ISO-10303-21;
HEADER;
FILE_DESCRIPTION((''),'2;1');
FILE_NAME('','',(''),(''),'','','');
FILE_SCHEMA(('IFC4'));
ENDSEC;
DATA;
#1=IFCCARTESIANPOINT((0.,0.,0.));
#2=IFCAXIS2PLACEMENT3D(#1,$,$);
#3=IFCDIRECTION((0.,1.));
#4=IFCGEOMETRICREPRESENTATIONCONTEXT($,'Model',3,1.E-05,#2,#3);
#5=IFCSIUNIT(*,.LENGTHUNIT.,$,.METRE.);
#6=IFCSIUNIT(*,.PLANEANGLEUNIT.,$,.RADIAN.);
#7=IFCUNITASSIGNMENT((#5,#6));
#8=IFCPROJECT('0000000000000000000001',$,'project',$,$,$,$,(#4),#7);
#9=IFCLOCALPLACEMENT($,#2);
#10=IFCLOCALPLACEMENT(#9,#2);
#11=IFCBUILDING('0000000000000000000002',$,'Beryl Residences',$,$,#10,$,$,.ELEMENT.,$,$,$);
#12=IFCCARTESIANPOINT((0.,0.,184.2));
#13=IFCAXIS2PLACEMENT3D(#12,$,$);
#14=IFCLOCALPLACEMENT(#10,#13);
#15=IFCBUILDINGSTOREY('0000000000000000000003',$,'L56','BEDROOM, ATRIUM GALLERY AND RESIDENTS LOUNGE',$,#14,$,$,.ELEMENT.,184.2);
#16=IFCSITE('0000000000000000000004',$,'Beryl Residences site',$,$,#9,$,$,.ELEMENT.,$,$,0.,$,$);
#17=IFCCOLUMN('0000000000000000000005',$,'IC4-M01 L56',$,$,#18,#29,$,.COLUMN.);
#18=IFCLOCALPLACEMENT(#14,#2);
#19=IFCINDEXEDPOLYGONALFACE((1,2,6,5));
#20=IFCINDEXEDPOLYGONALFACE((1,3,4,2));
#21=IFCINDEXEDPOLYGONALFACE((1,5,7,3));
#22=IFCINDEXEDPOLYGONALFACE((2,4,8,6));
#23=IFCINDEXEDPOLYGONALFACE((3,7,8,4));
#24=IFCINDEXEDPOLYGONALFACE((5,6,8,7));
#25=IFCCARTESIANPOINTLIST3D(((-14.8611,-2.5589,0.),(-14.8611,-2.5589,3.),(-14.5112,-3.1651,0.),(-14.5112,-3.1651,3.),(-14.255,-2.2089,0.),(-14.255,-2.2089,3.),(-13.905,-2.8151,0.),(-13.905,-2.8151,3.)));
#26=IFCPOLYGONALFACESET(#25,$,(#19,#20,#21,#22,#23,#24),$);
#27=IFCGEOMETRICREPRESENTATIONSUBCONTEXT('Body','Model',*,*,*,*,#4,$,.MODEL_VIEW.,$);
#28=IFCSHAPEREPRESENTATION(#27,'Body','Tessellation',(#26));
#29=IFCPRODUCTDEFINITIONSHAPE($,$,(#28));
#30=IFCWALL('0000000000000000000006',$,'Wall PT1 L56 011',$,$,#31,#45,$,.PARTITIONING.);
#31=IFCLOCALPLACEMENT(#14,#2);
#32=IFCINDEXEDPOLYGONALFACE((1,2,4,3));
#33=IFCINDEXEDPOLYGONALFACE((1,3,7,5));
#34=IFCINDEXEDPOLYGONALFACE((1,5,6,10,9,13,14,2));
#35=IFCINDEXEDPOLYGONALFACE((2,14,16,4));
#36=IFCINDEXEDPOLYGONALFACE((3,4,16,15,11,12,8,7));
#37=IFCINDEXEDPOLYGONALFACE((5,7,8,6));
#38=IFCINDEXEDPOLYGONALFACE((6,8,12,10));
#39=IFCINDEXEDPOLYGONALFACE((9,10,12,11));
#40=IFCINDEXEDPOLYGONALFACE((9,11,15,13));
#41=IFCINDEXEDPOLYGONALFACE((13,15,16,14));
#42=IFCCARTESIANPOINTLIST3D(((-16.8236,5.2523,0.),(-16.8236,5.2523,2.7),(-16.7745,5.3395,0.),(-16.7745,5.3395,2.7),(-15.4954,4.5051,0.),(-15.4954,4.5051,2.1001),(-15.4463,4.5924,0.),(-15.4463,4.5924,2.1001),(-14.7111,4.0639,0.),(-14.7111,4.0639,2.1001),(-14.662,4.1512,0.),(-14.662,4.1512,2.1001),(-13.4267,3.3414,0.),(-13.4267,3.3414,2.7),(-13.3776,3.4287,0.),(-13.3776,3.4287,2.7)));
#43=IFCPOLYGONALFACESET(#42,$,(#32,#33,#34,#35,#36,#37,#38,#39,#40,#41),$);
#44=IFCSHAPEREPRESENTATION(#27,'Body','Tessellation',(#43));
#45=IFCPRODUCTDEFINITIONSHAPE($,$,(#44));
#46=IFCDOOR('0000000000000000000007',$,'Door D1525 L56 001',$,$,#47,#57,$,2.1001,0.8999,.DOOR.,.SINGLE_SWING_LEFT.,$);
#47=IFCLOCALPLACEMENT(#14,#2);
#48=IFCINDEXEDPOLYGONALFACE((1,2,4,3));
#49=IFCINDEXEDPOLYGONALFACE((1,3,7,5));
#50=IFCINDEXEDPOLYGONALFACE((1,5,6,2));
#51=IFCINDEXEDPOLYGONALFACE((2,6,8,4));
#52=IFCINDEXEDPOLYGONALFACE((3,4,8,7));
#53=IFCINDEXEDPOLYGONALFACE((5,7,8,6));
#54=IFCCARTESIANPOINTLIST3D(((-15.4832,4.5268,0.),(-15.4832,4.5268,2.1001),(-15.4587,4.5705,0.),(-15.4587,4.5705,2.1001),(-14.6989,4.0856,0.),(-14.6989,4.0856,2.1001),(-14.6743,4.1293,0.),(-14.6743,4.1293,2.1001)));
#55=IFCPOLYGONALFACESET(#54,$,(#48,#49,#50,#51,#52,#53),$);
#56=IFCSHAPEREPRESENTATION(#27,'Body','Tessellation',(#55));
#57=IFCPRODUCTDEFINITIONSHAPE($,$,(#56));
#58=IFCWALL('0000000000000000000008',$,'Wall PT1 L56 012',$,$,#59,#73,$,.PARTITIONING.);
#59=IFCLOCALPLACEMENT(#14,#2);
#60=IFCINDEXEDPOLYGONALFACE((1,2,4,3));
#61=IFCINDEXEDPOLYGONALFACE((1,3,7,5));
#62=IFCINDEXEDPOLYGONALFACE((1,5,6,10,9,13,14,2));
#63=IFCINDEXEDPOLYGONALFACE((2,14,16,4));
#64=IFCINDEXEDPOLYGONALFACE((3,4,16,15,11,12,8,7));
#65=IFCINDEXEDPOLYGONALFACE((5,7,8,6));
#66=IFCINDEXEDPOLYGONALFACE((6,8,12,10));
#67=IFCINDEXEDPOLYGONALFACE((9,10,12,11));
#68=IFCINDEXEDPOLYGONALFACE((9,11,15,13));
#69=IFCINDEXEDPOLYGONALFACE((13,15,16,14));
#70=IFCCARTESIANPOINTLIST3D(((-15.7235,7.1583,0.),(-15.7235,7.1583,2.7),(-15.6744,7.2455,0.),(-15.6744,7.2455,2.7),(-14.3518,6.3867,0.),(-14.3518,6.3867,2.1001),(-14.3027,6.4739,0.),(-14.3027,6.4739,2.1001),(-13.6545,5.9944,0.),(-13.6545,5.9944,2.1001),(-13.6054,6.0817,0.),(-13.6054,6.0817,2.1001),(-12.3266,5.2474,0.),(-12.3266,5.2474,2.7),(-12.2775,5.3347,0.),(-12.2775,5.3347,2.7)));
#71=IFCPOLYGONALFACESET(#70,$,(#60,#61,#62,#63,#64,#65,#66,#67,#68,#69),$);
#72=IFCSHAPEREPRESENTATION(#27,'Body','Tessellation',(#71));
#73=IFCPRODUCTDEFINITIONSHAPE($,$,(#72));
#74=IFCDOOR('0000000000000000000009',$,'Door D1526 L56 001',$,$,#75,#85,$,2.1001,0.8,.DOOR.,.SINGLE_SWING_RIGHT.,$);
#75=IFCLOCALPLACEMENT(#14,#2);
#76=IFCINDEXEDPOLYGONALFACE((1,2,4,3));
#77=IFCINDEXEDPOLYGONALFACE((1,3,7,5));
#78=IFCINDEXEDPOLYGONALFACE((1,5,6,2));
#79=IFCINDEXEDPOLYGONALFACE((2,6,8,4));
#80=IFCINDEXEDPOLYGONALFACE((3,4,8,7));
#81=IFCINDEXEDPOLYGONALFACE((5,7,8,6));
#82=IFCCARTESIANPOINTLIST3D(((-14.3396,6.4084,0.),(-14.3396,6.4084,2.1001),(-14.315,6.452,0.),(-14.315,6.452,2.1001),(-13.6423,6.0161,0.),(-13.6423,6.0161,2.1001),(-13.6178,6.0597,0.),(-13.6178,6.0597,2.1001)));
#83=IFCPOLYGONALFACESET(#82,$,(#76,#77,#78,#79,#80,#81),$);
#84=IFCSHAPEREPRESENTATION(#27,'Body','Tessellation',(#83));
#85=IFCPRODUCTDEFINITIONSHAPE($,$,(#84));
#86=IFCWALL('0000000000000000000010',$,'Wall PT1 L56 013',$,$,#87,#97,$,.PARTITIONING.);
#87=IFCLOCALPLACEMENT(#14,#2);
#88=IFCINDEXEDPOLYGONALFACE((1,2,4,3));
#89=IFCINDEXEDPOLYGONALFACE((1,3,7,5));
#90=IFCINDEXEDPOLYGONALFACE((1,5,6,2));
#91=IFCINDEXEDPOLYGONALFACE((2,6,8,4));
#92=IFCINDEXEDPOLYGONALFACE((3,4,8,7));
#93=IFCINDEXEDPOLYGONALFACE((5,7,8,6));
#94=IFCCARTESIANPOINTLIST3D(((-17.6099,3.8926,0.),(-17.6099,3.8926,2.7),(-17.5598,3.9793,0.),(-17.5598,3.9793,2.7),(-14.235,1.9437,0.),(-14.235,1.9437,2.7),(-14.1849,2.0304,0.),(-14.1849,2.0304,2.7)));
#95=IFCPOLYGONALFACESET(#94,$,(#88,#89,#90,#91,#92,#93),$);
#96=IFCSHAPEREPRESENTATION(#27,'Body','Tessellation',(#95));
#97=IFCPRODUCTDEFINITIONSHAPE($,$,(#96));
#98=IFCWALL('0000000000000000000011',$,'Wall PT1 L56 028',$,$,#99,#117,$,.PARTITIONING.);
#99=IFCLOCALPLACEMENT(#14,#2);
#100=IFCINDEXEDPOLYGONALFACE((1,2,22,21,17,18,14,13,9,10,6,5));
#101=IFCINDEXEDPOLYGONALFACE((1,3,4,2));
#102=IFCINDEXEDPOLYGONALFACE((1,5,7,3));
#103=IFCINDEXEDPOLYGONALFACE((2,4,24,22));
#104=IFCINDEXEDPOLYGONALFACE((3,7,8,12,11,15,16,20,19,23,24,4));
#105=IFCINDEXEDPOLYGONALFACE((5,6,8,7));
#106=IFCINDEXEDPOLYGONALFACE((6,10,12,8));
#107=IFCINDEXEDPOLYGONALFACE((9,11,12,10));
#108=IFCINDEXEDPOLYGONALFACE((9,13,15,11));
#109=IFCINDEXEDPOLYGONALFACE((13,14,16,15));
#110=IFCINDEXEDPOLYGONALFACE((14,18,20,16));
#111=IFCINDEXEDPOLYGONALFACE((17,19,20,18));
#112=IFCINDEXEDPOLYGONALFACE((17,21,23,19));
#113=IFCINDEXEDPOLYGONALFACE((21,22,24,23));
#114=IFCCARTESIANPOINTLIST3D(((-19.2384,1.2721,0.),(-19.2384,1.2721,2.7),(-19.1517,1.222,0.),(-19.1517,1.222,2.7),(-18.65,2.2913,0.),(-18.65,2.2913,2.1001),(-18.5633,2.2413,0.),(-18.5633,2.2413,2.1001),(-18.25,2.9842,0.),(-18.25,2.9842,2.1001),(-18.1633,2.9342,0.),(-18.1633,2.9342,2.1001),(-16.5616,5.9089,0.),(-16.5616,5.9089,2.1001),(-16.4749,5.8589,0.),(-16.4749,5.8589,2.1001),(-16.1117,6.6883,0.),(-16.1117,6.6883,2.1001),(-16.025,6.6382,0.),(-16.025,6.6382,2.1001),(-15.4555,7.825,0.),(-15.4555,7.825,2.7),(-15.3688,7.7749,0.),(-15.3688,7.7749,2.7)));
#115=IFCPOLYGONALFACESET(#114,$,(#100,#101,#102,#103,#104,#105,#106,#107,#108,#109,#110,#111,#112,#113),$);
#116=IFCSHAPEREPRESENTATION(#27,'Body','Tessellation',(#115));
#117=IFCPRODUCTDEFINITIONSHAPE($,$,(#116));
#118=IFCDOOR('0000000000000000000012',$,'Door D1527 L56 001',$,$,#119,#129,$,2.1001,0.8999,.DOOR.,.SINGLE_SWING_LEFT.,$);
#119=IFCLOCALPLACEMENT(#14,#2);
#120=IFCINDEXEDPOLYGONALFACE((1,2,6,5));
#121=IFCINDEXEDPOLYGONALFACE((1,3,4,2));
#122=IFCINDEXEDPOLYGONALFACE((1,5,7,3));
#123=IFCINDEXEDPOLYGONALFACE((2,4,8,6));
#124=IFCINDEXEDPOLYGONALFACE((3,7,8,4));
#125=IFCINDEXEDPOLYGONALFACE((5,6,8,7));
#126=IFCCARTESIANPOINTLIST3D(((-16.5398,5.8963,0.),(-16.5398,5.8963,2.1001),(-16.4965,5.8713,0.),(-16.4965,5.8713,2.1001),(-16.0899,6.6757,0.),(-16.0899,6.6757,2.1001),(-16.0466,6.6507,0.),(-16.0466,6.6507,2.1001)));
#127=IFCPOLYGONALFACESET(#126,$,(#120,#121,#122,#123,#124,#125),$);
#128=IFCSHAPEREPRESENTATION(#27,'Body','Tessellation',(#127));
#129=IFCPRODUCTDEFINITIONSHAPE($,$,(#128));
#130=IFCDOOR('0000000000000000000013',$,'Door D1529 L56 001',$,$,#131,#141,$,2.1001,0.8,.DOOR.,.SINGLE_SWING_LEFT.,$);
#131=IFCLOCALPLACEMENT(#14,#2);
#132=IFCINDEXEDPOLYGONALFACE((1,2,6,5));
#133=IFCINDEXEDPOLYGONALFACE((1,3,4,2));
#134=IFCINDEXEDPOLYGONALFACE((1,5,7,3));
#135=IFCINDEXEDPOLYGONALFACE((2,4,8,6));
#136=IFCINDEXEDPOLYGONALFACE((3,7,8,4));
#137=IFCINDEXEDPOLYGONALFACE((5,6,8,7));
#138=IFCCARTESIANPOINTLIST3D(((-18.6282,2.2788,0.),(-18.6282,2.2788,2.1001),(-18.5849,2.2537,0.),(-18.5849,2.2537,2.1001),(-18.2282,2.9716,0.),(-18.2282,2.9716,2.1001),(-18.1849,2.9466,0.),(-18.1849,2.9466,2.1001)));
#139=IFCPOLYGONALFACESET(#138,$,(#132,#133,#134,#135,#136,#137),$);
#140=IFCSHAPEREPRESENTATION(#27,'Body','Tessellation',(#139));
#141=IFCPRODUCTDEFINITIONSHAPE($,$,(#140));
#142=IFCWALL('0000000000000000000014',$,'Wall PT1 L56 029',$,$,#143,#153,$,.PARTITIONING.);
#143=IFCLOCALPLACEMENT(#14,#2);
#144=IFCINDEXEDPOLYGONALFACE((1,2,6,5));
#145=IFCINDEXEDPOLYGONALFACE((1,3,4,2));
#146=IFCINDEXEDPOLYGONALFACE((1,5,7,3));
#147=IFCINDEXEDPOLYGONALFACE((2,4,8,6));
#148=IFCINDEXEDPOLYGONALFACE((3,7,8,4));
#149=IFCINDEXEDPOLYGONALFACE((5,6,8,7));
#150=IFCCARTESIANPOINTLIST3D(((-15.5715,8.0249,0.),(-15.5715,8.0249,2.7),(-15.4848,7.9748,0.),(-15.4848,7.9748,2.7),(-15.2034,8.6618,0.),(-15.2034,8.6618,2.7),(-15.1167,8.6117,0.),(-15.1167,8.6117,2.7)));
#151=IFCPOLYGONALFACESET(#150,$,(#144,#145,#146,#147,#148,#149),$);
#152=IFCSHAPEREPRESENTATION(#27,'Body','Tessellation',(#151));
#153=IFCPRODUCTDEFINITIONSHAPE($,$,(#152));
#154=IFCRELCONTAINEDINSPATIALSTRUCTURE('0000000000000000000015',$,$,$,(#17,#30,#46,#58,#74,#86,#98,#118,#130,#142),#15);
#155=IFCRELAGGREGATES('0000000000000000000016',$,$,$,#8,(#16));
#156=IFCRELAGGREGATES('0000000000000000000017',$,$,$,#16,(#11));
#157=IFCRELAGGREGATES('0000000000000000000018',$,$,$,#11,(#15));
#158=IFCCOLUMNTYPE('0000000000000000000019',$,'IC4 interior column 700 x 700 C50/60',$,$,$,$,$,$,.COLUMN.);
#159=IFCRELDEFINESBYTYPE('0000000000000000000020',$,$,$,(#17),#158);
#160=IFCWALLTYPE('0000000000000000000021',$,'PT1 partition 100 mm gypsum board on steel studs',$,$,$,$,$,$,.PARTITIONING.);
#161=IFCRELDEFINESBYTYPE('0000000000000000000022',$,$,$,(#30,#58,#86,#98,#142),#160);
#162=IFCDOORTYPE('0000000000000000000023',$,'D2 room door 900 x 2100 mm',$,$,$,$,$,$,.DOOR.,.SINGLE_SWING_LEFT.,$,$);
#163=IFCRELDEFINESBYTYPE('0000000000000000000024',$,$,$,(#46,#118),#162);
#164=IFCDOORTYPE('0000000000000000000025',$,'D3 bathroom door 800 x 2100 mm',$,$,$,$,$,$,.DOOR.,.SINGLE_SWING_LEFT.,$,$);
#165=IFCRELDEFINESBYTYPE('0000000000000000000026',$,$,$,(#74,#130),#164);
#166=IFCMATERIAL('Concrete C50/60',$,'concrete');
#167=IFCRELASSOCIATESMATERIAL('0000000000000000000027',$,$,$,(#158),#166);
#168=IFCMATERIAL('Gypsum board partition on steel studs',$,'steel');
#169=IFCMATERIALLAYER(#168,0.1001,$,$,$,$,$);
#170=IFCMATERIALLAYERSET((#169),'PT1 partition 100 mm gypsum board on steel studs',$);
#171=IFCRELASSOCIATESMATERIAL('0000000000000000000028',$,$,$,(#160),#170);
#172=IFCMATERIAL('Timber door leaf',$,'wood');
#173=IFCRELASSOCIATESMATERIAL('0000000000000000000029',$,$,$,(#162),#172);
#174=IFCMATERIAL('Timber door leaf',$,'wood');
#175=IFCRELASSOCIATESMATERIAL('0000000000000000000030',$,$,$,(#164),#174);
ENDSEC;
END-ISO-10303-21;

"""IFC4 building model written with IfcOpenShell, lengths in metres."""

from ifc_helpers import new_model, si_unit, direction, frame, frame_2d, origin, origin_2d, place, context, subcontext, project, spatial, rectangle, extrude, material, layer, layer_set, material_profile, profile_set, type_object, element, fill, save


model = new_model("IFC4")

# Units and contexts
model_context = context("Model", 3, precision=1e-05, world=origin(), true_north=direction((0.0, 1.0)))
body_context = subcontext(model_context, "Body", "Model", "MODEL_VIEW")
ifc_project = project(units=[si_unit("LENGTHUNIT", "METRE"), si_unit("PLANEANGLEUNIT", "RADIAN")], contexts=[model_context])

# Site, building, storey
site_placement = place(None, origin())
site = spatial("IfcSite", under=ifc_project, at=site_placement, Name="Beryl Residences site", CompositionType="ELEMENT", RefElevation=0.0)
building_placement = place(site_placement, origin())
building = spatial("IfcBuilding", under=site, at=building_placement, Name="Beryl Residences", CompositionType="ELEMENT")
storey_placement = place(building_placement, frame((0.0, 0.0, 184.2)))
storey = spatial("IfcBuildingStorey", under=building, at=storey_placement, Name="L56", Description="BEDROOM, ATRIUM GALLERY AND RESIDENTS LOUNGE", CompositionType="ELEMENT", Elevation=184.2)

# Column
ifc_material_1 = material(Name="Concrete C50/60", Category="concrete")
ifc_material_profile = material_profile(ifc_material_1, rectangle(XDim=0.7, YDim=0.7, at=origin_2d()))
ifc_profile_set = profile_set([ifc_material_profile], Name="Concrete C50/60")
column_type = type_object("IfcColumnType", Name="IC4 interior column 700 x 700 C50/60", PredefinedType="COLUMN", material=ifc_profile_set)
column_placement = place(storey_placement, frame((-14.3831, -2.687, 0.0), z_axis=(0.0, 0.0, 1.0), x_axis=(0.5, -0.866025, 0.0)))
element("IfcColumn", 1, at=column_placement, inside=storey, type_object=column_type, Name="IC4-M01 L56", PredefinedType="COLUMN", context=body_context, shape_type="SweptSolid", body=[
    extrude(rectangle(XDim=0.7, YDim=0.7, at=origin_2d()), origin(), (0.0, 0.0, 1.0), 3.0),
])

# Walls, openings, doors
ifc_material_2 = material(Name="Gypsum board partition on steel studs", Category="steel")
ifc_layer_1 = layer(ifc_material_2, 0.1001)
ifc_layer_set_1 = layer_set([ifc_layer_1], Name="PT1 partition 100 mm gypsum board on steel studs")
wall_type_1 = type_object("IfcWallType", Name="PT1 partition 100 mm gypsum board on steel studs", PredefinedType="PARTITIONING", material=ifc_layer_set_1)
wall_1_placement = place(storey_placement, frame((-16.7991, 5.2959, 0.0), z_axis=(0.0, 0.0, 1.0), x_axis=(0.871565, -0.490279, 0.0)))
wall_1 = element("IfcWall", 2, at=wall_1_placement, inside=storey, type_object=wall_type_1, Name="Wall PT1 L56 011", PredefinedType="PARTITIONING", context=body_context, shape_type="SweptSolid", body=[
    extrude(rectangle(XDim=3.8975, YDim=0.1001, at=frame_2d((1.9487, 0.0))), origin(), (0.0, 0.0, 1.0), 2.7),
])
opening_1_placement = place(wall_1_placement, frame((1.5239, 0.0, 0.0)))
opening_1 = element("IfcOpeningElement", 3, at=opening_1_placement, cuts=wall_1, PredefinedType="OPENING", context=body_context, shape_type="SweptSolid", body=[
    extrude(rectangle(XDim=0.8999, YDim=2.1001, at=frame_2d((0.45, 1.05))), frame((0.0, 0.0601, 0.0), z_axis=(0.0, -1.0, 0.0), x_axis=(1.0, 0.0, 0.0)), (0.0, 0.0, 1.0), 0.1201),
])
ifc_material_3 = material(Name="Timber door leaf", Category="wood")
door_type_1 = type_object("IfcDoorType", Name="D2 room door 900 x 2100 mm", OperationType="SINGLE_SWING_LEFT", PredefinedType="DOOR", material=ifc_material_3)
door_1_placement = place(opening_1_placement, origin())
door_1 = element("IfcDoor", 4, at=door_1_placement, inside=storey, type_object=door_type_1, Name="Door D1525 L56 001", OperationType="SINGLE_SWING_LEFT", OverallHeight=2.1001, OverallWidth=0.8999, PredefinedType="DOOR", context=body_context, shape_type="SweptSolid", body=[
    extrude(rectangle(XDim=0.8999, YDim=2.1001, at=frame_2d((0.45, 1.05))), frame((0.0, 0.0249, 0.0), z_axis=(0.0, -1.0, 0.0), x_axis=(1.0, 0.0, 0.0)), (0.0, 0.0, 1.0), 0.05),
])
fill(opening_1, door_1)
wall_2_placement = place(storey_placement, frame((-15.699, 7.2019, 0.0), z_axis=(0.0, 0.0, 1.0), x_axis=(0.871565, -0.490279, 0.0)))
wall_2 = element("IfcWall", 5, at=wall_2_placement, inside=storey, type_object=wall_type_1, Name="Wall PT1 L56 012", PredefinedType="PARTITIONING", context=body_context, shape_type="SweptSolid", body=[
    extrude(rectangle(XDim=3.8975, YDim=0.1001, at=frame_2d((1.9487, 0.0))), origin(), (0.0, 0.0, 1.0), 2.7),
])
opening_2_placement = place(wall_2_placement, frame((1.574, 0.0, 0.0)))
opening_2 = element("IfcOpeningElement", 6, at=opening_2_placement, cuts=wall_2, PredefinedType="OPENING", context=body_context, shape_type="SweptSolid", body=[
    extrude(rectangle(XDim=0.8, YDim=2.1001, at=frame_2d((0.3999, 1.05))), frame((0.0, 0.0601, 0.0), z_axis=(0.0, -1.0, 0.0), x_axis=(1.0, 0.0, 0.0)), (0.0, 0.0, 1.0), 0.1201),
])
ifc_material_4 = material(Name="Timber door leaf", Category="wood")
door_type_2 = type_object("IfcDoorType", Name="D3 bathroom door 800 x 2100 mm", OperationType="SINGLE_SWING_LEFT", PredefinedType="DOOR", material=ifc_material_4)
door_2_placement = place(opening_2_placement, origin())
door_2 = element("IfcDoor", 7, at=door_2_placement, inside=storey, type_object=door_type_2, Name="Door D1526 L56 001", OperationType="SINGLE_SWING_RIGHT", OverallHeight=2.1001, OverallWidth=0.8, PredefinedType="DOOR", context=body_context, shape_type="SweptSolid", body=[
    extrude(rectangle(XDim=0.8, YDim=2.1001, at=frame_2d((0.3999, 1.05))), frame((0.0, 0.0249, 0.0), z_axis=(0.0, -1.0, 0.0), x_axis=(1.0, 0.0, 0.0)), (0.0, 0.0, 1.0), 0.05),
])
fill(opening_2, door_2)

# Wall
wall_3_placement = place(storey_placement, frame((-17.585, 3.936, 0.0), z_axis=(0.0, 0.0, 1.0), x_axis=(0.865979, -0.50008, 0.0)))
element("IfcWall", 8, at=wall_3_placement, inside=storey, type_object=wall_type_1, Name="Wall PT1 L56 013", PredefinedType="PARTITIONING", context=body_context, shape_type="SweptSolid", body=[
    extrude(rectangle(XDim=3.8972, YDim=0.1001, at=frame_2d((1.9487, 0.0))), origin(), (0.0, 0.0, 1.0), 2.7),
])

# Wall, openings, doors
wall_4_placement = place(storey_placement, frame((-19.1951, 1.2471, 0.0), z_axis=(0.0, 0.0, 1.0), x_axis=(0.49996, 0.866049, 0.0)))
wall_4 = element("IfcWall", 9, at=wall_4_placement, inside=storey, type_object=wall_type_1, Name="Wall PT1 L56 028", PredefinedType="PARTITIONING", context=body_context, shape_type="SweptSolid", body=[
    extrude(rectangle(XDim=7.5664, YDim=0.1001, at=frame_2d((3.7832, 0.0))), origin(), (0.0, 0.0, 1.0), 2.7),
])
opening_3_placement = place(wall_4_placement, frame((5.354, 0.0, 0.0)))
opening_3 = element("IfcOpeningElement", 10, at=opening_3_placement, cuts=wall_4, PredefinedType="OPENING", context=body_context, shape_type="SweptSolid", body=[
    extrude(rectangle(XDim=0.8999, YDim=2.1001, at=frame_2d((0.45, 1.05))), frame((0.0, 0.0601, 0.0), z_axis=(0.0, -1.0, 0.0), x_axis=(1.0, 0.0, 0.0)), (0.0, 0.0, 1.0), 0.1201),
])
opening_4_placement = place(wall_4_placement, frame((1.177, 0.0, 0.0)))
opening_4 = element("IfcOpeningElement", 11, at=opening_4_placement, cuts=wall_4, PredefinedType="OPENING", context=body_context, shape_type="SweptSolid", body=[
    extrude(rectangle(XDim=0.8, YDim=2.1001, at=frame_2d((0.3999, 1.05))), frame((0.0, 0.0601, 0.0), z_axis=(0.0, -1.0, 0.0), x_axis=(1.0, 0.0, 0.0)), (0.0, 0.0, 1.0), 0.1201),
])
door_3_placement = place(opening_3_placement, origin())
door_3 = element("IfcDoor", 12, at=door_3_placement, inside=storey, type_object=door_type_1, Name="Door D1527 L56 001", OperationType="SINGLE_SWING_LEFT", OverallHeight=2.1001, OverallWidth=0.8999, PredefinedType="DOOR", context=body_context, shape_type="SweptSolid", body=[
    extrude(rectangle(XDim=0.8999, YDim=2.1001, at=frame_2d((0.45, 1.05))), frame((0.0, 0.0249, 0.0), z_axis=(0.0, -1.0, 0.0), x_axis=(1.0, 0.0, 0.0)), (0.0, 0.0, 1.0), 0.05),
])
fill(opening_3, door_3)
door_4_placement = place(opening_4_placement, origin())
door_4 = element("IfcDoor", 13, at=door_4_placement, inside=storey, type_object=door_type_2, Name="Door D1529 L56 001", OperationType="SINGLE_SWING_LEFT", OverallHeight=2.1001, OverallWidth=0.8, PredefinedType="DOOR", context=body_context, shape_type="SweptSolid", body=[
    extrude(rectangle(XDim=0.8, YDim=2.1001, at=frame_2d((0.3999, 1.05))), frame((0.0, 0.0249, 0.0), z_axis=(0.0, -1.0, 0.0), x_axis=(1.0, 0.0, 0.0)), (0.0, 0.0, 1.0), 0.05),
])
fill(opening_4, door_4)

# Wall
wall_5_placement = place(storey_placement, frame((-15.5281, 8.0, 0.0), z_axis=(0.0, 0.0, 1.0), x_axis=(0.500421, 0.865782, 0.0)))
element("IfcWall", 14, at=wall_5_placement, inside=storey, type_object=wall_type_1, Name="Wall PT1 L56 029", PredefinedType="PARTITIONING", context=body_context, shape_type="SweptSolid", body=[
    extrude(rectangle(XDim=0.7356, YDim=0.1001, at=frame_2d((0.3677, 0.0))), origin(), (0.0, 0.0, 1.0), 2.7),
])

save(model, "model.ifc")
